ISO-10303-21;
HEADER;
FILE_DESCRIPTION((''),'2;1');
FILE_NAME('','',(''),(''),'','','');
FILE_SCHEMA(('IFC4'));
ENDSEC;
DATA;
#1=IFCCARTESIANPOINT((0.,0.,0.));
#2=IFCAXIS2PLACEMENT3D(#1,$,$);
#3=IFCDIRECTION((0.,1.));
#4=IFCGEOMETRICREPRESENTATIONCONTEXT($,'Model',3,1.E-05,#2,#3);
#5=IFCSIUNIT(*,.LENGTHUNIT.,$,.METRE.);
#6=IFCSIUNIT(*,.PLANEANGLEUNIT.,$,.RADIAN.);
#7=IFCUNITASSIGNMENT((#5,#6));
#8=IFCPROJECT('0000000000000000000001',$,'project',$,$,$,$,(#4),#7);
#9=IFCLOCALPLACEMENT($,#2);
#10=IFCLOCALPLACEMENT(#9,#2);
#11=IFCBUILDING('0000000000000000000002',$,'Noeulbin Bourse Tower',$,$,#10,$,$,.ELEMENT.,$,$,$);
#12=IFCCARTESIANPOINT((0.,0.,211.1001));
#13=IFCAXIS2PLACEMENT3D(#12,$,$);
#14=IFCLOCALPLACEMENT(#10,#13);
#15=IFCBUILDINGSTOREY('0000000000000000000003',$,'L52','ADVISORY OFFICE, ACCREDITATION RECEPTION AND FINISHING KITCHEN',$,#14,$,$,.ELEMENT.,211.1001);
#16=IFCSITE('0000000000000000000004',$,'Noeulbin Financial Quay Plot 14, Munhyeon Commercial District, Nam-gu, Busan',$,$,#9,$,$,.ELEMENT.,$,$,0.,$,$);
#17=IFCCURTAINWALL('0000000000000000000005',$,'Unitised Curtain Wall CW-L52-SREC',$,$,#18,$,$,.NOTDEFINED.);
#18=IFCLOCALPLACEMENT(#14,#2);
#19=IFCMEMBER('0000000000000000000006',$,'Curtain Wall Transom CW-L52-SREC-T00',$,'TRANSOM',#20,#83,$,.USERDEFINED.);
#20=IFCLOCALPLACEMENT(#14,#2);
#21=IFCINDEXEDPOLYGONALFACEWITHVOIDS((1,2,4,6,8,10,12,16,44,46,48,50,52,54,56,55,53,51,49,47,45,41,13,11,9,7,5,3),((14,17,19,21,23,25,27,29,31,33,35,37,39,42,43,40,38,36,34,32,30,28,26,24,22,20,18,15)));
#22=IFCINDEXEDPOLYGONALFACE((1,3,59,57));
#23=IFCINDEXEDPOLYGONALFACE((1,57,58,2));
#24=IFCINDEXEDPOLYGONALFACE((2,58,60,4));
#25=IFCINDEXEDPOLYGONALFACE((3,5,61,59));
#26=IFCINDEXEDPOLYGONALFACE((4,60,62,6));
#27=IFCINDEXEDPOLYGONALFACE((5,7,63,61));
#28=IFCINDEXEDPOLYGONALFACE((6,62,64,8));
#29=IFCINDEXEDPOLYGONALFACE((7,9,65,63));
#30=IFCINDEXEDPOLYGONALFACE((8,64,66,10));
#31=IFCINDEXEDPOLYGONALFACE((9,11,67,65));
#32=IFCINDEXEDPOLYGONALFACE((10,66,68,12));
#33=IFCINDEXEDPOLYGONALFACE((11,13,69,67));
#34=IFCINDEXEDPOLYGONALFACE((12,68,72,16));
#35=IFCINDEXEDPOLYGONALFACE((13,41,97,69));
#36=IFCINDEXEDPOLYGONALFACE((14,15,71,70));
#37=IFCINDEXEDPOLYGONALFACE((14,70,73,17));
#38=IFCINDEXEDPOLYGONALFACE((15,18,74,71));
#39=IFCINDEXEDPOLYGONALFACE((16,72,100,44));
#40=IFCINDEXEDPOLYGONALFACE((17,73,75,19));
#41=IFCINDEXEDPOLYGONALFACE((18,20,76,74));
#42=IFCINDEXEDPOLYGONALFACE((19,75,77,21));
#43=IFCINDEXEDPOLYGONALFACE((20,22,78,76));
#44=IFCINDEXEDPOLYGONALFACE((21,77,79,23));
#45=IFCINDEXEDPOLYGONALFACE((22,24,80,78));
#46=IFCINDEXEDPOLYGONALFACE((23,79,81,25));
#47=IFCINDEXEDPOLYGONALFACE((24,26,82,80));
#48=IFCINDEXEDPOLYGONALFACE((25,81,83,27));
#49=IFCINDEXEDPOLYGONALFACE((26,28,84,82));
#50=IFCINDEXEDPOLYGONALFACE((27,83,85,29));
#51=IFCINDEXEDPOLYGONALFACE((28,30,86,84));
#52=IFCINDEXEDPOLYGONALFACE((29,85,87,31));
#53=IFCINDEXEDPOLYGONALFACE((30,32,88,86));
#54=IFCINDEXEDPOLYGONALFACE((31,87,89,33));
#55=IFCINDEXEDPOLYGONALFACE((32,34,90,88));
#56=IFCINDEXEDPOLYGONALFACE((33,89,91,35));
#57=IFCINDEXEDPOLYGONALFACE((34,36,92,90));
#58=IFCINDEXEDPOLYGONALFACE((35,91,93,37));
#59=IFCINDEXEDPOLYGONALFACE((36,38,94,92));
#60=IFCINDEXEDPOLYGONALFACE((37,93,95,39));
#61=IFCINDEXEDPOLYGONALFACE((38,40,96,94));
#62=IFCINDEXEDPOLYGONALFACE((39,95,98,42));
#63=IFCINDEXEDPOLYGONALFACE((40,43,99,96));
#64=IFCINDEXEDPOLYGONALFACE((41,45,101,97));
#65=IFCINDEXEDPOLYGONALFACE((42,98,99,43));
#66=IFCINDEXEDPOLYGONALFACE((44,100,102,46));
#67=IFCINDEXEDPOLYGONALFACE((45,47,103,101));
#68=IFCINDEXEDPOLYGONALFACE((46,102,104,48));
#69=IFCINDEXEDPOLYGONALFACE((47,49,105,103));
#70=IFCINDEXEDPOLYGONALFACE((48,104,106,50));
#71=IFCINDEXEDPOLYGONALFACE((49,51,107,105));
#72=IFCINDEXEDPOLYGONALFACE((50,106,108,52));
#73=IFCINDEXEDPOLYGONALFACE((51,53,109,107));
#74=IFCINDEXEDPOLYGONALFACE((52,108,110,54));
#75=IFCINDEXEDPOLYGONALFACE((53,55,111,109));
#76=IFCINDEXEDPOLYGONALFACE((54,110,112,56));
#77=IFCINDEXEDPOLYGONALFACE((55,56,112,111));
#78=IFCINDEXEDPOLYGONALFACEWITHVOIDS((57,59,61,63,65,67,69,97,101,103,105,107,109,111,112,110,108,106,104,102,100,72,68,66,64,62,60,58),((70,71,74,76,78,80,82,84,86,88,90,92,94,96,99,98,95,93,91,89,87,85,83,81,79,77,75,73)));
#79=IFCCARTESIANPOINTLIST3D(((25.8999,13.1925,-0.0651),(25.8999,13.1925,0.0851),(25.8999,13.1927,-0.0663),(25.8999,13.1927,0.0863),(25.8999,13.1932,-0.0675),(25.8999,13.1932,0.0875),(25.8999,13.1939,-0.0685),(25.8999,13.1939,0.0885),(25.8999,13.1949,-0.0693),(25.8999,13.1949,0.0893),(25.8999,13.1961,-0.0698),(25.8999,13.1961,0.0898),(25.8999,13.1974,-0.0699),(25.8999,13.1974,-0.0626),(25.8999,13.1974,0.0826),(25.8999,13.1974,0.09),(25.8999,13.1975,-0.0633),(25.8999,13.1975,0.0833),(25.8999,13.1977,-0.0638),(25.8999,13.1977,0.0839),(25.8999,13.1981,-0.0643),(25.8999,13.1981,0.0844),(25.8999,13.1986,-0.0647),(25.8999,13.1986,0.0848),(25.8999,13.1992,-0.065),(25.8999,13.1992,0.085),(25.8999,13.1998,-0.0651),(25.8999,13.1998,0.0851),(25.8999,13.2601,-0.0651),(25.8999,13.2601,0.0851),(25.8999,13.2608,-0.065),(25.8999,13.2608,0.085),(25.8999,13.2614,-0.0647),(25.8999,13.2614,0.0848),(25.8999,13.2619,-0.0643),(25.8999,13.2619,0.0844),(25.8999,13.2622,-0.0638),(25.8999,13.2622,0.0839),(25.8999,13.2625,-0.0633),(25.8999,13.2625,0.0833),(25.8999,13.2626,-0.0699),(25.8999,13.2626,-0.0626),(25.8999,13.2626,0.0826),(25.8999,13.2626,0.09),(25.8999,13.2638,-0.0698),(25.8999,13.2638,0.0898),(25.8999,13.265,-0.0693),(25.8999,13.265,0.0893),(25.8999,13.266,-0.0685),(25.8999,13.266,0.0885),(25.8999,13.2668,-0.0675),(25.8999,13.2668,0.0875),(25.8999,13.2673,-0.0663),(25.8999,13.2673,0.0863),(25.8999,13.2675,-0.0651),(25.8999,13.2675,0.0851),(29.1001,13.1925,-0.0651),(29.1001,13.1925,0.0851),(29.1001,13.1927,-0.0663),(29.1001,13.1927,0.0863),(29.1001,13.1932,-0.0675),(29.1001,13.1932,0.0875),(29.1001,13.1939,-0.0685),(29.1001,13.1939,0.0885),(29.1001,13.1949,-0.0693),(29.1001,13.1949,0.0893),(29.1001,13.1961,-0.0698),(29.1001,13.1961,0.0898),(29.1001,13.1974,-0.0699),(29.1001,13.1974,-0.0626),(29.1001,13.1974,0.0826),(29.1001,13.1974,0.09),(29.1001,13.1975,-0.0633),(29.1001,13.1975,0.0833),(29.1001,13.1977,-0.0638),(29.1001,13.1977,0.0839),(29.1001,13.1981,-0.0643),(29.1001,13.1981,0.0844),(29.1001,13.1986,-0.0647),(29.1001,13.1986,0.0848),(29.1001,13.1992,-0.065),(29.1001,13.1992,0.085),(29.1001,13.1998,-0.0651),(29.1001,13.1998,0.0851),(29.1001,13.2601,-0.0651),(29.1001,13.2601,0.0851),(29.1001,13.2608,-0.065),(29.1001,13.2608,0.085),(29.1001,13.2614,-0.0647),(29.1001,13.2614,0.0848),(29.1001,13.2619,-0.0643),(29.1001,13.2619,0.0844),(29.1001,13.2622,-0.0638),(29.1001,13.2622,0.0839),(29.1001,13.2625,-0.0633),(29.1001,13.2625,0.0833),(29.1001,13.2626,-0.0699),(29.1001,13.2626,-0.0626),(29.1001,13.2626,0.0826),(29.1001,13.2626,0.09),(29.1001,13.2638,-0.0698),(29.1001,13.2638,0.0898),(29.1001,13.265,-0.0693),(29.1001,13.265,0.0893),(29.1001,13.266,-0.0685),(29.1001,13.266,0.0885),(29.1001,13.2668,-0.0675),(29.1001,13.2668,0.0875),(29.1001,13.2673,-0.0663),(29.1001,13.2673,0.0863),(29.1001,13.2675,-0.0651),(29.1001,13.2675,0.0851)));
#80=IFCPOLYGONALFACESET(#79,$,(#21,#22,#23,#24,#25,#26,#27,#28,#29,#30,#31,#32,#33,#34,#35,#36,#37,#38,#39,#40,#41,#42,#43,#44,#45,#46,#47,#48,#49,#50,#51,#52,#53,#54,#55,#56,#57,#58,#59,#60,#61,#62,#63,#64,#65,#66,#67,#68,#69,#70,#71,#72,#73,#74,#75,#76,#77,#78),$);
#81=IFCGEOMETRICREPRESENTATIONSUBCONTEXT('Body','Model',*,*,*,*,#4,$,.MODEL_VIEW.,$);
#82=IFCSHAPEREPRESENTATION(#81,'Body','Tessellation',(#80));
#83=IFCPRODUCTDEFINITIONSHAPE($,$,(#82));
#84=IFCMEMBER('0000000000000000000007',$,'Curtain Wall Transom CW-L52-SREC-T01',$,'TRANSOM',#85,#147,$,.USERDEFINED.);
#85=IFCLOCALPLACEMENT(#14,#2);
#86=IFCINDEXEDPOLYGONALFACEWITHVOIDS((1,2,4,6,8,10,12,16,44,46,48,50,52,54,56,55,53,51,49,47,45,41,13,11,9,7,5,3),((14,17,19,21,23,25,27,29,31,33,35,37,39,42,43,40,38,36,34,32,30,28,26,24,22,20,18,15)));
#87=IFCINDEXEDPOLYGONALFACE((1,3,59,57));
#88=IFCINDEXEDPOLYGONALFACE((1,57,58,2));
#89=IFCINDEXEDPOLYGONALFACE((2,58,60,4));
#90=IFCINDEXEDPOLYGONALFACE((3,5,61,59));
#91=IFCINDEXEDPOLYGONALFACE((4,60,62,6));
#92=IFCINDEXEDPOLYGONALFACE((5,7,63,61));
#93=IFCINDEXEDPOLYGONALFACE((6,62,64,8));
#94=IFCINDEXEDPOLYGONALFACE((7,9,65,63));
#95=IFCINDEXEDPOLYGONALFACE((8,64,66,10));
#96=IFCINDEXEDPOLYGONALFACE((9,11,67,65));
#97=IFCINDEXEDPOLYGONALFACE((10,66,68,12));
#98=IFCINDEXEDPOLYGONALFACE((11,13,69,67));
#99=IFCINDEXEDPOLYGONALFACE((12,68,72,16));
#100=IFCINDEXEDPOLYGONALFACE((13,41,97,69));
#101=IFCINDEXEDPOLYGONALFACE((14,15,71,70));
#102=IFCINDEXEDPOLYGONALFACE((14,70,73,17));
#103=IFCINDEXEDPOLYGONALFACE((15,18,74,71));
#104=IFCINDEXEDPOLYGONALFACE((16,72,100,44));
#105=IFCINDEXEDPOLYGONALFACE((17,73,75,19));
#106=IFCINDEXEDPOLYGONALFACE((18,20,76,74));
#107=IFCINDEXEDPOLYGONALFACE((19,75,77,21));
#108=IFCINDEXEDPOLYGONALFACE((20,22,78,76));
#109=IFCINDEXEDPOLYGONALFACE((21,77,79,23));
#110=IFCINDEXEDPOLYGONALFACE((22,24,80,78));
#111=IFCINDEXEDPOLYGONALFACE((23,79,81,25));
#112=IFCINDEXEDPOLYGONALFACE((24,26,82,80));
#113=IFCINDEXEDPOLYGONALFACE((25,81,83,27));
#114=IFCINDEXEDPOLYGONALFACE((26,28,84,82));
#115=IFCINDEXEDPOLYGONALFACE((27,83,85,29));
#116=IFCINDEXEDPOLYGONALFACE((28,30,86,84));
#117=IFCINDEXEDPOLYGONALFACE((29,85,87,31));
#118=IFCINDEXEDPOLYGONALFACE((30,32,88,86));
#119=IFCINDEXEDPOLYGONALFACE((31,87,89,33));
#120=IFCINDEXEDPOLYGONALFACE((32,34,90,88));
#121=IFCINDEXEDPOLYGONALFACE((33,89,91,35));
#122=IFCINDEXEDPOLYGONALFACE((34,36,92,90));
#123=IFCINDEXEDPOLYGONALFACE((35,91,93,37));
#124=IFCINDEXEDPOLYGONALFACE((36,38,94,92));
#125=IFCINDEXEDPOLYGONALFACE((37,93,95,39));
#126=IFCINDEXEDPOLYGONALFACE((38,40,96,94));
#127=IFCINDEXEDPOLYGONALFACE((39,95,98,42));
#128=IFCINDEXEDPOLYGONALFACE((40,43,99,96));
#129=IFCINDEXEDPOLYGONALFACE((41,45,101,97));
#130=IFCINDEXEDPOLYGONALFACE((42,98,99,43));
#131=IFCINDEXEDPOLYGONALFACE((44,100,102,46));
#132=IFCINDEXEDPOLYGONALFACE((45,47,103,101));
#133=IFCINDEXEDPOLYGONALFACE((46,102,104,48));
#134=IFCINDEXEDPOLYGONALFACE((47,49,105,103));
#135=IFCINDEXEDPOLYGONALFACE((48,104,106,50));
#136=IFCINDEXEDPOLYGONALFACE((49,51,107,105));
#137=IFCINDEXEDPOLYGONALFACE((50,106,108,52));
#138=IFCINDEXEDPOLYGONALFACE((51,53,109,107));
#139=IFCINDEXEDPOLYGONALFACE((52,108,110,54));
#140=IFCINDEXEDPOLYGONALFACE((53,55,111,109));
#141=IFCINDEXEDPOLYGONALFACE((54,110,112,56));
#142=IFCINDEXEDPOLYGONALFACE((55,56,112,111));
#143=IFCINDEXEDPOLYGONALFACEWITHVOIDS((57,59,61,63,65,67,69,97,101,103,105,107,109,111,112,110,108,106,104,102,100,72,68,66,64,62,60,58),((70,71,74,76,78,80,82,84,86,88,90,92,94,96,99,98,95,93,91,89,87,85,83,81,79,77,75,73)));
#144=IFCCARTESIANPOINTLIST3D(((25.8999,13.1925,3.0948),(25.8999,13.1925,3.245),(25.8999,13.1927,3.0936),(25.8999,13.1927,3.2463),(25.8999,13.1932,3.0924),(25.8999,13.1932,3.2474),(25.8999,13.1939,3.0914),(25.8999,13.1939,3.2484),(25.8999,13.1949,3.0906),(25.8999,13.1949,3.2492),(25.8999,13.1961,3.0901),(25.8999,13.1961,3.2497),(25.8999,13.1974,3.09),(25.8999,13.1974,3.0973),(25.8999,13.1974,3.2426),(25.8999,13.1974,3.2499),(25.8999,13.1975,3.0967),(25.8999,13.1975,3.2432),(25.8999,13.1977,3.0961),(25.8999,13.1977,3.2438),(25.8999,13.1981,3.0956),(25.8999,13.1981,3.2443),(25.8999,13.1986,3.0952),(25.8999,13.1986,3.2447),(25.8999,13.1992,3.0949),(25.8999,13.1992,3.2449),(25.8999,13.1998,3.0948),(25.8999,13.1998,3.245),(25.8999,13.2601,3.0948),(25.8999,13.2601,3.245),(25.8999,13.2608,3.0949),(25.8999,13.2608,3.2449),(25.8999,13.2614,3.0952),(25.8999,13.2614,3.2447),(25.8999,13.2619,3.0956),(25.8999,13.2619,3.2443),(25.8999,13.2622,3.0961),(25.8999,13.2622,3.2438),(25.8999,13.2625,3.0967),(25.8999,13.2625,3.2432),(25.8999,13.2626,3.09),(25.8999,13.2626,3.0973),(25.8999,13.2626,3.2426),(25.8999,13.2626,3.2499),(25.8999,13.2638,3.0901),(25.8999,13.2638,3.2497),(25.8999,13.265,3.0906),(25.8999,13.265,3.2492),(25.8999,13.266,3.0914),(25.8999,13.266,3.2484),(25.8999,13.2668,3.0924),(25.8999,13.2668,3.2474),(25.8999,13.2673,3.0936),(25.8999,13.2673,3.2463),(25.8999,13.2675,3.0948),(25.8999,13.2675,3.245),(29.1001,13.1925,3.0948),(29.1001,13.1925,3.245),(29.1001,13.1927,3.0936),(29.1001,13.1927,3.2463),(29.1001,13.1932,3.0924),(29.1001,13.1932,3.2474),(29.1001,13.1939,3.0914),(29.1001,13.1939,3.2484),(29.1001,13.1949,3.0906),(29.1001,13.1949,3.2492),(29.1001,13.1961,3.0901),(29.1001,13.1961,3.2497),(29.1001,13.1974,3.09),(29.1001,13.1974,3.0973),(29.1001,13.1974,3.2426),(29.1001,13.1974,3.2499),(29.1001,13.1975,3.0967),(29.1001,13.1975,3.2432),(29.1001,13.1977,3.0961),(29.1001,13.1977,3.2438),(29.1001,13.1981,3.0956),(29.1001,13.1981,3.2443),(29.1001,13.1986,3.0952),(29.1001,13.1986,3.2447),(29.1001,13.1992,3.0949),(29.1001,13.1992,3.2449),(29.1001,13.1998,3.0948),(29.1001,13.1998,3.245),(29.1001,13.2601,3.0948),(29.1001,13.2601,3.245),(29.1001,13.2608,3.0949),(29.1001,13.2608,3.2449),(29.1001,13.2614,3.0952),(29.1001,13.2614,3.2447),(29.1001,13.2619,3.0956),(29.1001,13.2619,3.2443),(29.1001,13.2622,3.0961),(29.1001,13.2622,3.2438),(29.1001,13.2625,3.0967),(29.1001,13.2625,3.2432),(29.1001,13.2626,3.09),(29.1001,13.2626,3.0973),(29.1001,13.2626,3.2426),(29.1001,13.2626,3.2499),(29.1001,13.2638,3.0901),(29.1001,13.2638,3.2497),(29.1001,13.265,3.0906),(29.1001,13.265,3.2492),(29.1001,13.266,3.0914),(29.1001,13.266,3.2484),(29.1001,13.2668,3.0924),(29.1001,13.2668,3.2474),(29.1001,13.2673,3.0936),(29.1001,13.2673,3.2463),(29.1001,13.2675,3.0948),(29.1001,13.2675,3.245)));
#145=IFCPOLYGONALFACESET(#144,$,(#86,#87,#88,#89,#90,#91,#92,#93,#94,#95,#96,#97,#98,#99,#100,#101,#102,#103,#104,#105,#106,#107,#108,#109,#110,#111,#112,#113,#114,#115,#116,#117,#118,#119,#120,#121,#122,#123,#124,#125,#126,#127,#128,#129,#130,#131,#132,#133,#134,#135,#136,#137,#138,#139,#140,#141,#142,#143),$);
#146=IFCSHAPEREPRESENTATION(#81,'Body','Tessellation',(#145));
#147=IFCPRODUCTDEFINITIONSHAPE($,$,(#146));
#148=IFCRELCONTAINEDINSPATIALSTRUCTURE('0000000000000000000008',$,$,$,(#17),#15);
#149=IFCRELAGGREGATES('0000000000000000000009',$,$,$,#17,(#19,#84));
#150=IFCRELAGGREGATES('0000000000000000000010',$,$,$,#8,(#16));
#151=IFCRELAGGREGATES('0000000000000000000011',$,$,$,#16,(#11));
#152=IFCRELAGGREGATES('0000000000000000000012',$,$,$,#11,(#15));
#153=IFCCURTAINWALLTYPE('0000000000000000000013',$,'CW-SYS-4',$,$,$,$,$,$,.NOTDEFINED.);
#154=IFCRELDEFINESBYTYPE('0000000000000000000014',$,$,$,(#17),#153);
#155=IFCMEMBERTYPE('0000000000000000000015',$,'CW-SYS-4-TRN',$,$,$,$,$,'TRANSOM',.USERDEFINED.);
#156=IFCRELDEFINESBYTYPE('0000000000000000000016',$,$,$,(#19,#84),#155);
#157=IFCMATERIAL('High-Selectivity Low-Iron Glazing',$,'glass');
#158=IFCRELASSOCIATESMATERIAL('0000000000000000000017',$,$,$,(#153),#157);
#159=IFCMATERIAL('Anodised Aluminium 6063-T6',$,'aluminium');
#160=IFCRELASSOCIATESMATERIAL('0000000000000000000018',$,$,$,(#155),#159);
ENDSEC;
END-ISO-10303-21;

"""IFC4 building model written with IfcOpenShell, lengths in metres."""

from ifc_helpers import new_model, si_unit, direction, frame, origin, origin_2d, place, context, subcontext, project, spatial, hollow_rectangle, extrude, material, material_profile, profile_set, type_object, element, aggregate, save


model = new_model("IFC4")

# Units and contexts
model_context = context("Model", 3, precision=1e-05, world=origin(), true_north=direction((0.0, 1.0)))
body_context = subcontext(model_context, "Body", "Model", "MODEL_VIEW")
ifc_project = project(units=[si_unit("LENGTHUNIT", "METRE"), si_unit("PLANEANGLEUNIT", "RADIAN")], contexts=[model_context])

# Site, building, storey
site_placement = place(None, origin())
site = spatial("IfcSite", under=ifc_project, at=site_placement, Name="Noeulbin Financial Quay Plot 14, Munhyeon Commercial District, Nam-gu, Busan", CompositionType="ELEMENT", RefElevation=0.0)
building_placement = place(site_placement, origin())
building = spatial("IfcBuilding", under=site, at=building_placement, Name="Noeulbin Bourse Tower", CompositionType="ELEMENT")
storey_placement = place(building_placement, frame((0.0, 0.0, 211.1001)))
storey = spatial("IfcBuildingStorey", under=building, at=storey_placement, Name="L52", Description="ADVISORY OFFICE, ACCREDITATION RECEPTION AND FINISHING KITCHEN", CompositionType="ELEMENT", Elevation=211.1001)

# Curtain wall
ifc_material_1 = material(Name="High-Selectivity Low-Iron Glazing", Category="glass")
curtain_wall_type = type_object("IfcCurtainWallType", Name="CW-SYS-4", PredefinedType="NOTDEFINED", material=ifc_material_1)
curtain_wall_1_placement = place(storey_placement, origin())
curtain_wall_1 = element("IfcCurtainWall", 1, at=curtain_wall_1_placement, inside=storey, type_object=curtain_wall_type, Name="Unitised Curtain Wall CW-L52-SREC", PredefinedType="NOTDEFINED")
ifc_material_2 = material(Name="Anodised Aluminium 6063-T6", Category="aluminium")

# Members
ifc_material_profile_1 = material_profile(ifc_material_2, hollow_rectangle(XDim=0.075, YDim=0.1599, WallThickness=0.0049, InnerFilletRadius=0.0024, OuterFilletRadius=0.0049, at=origin_2d()), Name="ALU-TRAN-75x160x5", Category="LoadBearing")
ifc_profile_set_1 = profile_set([ifc_material_profile_1], Name="Anodised Aluminium 6063-T6")
member_type_1 = type_object("IfcMemberType", Name="CW-SYS-4-TRN", ElementType="TRANSOM", PredefinedType="USERDEFINED", material=ifc_profile_set_1)
member_1_placement = place(storey_placement, frame((25.8999, 13.23, 0.01), z_axis=(1.0, 0.0, 0.0), x_axis=(0.0, 1.0, 0.0)))
member_1 = element("IfcMember", 2, at=member_1_placement, type_object=member_type_1, Name="Curtain Wall Transom CW-L52-SREC-T00", ObjectType="TRANSOM", PredefinedType="USERDEFINED", context=body_context, shape_type="SweptSolid", body=[
    extrude(hollow_rectangle(XDim=0.075, YDim=0.1599, WallThickness=0.0049, InnerFilletRadius=0.0024, OuterFilletRadius=0.0049, at=origin_2d()), origin(), (0.0, 0.0, 1.0), 3.2002),
])
member_2_placement = place(storey_placement, frame((25.8999, 13.23, 3.1699), z_axis=(1.0, 0.0, 0.0), x_axis=(0.0, 1.0, 0.0)))
member_2 = element("IfcMember", 3, at=member_2_placement, type_object=member_type_1, Name="Curtain Wall Transom CW-L52-SREC-T01", ObjectType="TRANSOM", PredefinedType="USERDEFINED", context=body_context, shape_type="SweptSolid", body=[
    extrude(hollow_rectangle(XDim=0.075, YDim=0.1599, WallThickness=0.0049, InnerFilletRadius=0.0024, OuterFilletRadius=0.0049, at=origin_2d()), origin(), (0.0, 0.0, 1.0), 3.2002),
])

aggregate(curtain_wall_1, [member_1, member_2])

save(model, "model.ifc")
